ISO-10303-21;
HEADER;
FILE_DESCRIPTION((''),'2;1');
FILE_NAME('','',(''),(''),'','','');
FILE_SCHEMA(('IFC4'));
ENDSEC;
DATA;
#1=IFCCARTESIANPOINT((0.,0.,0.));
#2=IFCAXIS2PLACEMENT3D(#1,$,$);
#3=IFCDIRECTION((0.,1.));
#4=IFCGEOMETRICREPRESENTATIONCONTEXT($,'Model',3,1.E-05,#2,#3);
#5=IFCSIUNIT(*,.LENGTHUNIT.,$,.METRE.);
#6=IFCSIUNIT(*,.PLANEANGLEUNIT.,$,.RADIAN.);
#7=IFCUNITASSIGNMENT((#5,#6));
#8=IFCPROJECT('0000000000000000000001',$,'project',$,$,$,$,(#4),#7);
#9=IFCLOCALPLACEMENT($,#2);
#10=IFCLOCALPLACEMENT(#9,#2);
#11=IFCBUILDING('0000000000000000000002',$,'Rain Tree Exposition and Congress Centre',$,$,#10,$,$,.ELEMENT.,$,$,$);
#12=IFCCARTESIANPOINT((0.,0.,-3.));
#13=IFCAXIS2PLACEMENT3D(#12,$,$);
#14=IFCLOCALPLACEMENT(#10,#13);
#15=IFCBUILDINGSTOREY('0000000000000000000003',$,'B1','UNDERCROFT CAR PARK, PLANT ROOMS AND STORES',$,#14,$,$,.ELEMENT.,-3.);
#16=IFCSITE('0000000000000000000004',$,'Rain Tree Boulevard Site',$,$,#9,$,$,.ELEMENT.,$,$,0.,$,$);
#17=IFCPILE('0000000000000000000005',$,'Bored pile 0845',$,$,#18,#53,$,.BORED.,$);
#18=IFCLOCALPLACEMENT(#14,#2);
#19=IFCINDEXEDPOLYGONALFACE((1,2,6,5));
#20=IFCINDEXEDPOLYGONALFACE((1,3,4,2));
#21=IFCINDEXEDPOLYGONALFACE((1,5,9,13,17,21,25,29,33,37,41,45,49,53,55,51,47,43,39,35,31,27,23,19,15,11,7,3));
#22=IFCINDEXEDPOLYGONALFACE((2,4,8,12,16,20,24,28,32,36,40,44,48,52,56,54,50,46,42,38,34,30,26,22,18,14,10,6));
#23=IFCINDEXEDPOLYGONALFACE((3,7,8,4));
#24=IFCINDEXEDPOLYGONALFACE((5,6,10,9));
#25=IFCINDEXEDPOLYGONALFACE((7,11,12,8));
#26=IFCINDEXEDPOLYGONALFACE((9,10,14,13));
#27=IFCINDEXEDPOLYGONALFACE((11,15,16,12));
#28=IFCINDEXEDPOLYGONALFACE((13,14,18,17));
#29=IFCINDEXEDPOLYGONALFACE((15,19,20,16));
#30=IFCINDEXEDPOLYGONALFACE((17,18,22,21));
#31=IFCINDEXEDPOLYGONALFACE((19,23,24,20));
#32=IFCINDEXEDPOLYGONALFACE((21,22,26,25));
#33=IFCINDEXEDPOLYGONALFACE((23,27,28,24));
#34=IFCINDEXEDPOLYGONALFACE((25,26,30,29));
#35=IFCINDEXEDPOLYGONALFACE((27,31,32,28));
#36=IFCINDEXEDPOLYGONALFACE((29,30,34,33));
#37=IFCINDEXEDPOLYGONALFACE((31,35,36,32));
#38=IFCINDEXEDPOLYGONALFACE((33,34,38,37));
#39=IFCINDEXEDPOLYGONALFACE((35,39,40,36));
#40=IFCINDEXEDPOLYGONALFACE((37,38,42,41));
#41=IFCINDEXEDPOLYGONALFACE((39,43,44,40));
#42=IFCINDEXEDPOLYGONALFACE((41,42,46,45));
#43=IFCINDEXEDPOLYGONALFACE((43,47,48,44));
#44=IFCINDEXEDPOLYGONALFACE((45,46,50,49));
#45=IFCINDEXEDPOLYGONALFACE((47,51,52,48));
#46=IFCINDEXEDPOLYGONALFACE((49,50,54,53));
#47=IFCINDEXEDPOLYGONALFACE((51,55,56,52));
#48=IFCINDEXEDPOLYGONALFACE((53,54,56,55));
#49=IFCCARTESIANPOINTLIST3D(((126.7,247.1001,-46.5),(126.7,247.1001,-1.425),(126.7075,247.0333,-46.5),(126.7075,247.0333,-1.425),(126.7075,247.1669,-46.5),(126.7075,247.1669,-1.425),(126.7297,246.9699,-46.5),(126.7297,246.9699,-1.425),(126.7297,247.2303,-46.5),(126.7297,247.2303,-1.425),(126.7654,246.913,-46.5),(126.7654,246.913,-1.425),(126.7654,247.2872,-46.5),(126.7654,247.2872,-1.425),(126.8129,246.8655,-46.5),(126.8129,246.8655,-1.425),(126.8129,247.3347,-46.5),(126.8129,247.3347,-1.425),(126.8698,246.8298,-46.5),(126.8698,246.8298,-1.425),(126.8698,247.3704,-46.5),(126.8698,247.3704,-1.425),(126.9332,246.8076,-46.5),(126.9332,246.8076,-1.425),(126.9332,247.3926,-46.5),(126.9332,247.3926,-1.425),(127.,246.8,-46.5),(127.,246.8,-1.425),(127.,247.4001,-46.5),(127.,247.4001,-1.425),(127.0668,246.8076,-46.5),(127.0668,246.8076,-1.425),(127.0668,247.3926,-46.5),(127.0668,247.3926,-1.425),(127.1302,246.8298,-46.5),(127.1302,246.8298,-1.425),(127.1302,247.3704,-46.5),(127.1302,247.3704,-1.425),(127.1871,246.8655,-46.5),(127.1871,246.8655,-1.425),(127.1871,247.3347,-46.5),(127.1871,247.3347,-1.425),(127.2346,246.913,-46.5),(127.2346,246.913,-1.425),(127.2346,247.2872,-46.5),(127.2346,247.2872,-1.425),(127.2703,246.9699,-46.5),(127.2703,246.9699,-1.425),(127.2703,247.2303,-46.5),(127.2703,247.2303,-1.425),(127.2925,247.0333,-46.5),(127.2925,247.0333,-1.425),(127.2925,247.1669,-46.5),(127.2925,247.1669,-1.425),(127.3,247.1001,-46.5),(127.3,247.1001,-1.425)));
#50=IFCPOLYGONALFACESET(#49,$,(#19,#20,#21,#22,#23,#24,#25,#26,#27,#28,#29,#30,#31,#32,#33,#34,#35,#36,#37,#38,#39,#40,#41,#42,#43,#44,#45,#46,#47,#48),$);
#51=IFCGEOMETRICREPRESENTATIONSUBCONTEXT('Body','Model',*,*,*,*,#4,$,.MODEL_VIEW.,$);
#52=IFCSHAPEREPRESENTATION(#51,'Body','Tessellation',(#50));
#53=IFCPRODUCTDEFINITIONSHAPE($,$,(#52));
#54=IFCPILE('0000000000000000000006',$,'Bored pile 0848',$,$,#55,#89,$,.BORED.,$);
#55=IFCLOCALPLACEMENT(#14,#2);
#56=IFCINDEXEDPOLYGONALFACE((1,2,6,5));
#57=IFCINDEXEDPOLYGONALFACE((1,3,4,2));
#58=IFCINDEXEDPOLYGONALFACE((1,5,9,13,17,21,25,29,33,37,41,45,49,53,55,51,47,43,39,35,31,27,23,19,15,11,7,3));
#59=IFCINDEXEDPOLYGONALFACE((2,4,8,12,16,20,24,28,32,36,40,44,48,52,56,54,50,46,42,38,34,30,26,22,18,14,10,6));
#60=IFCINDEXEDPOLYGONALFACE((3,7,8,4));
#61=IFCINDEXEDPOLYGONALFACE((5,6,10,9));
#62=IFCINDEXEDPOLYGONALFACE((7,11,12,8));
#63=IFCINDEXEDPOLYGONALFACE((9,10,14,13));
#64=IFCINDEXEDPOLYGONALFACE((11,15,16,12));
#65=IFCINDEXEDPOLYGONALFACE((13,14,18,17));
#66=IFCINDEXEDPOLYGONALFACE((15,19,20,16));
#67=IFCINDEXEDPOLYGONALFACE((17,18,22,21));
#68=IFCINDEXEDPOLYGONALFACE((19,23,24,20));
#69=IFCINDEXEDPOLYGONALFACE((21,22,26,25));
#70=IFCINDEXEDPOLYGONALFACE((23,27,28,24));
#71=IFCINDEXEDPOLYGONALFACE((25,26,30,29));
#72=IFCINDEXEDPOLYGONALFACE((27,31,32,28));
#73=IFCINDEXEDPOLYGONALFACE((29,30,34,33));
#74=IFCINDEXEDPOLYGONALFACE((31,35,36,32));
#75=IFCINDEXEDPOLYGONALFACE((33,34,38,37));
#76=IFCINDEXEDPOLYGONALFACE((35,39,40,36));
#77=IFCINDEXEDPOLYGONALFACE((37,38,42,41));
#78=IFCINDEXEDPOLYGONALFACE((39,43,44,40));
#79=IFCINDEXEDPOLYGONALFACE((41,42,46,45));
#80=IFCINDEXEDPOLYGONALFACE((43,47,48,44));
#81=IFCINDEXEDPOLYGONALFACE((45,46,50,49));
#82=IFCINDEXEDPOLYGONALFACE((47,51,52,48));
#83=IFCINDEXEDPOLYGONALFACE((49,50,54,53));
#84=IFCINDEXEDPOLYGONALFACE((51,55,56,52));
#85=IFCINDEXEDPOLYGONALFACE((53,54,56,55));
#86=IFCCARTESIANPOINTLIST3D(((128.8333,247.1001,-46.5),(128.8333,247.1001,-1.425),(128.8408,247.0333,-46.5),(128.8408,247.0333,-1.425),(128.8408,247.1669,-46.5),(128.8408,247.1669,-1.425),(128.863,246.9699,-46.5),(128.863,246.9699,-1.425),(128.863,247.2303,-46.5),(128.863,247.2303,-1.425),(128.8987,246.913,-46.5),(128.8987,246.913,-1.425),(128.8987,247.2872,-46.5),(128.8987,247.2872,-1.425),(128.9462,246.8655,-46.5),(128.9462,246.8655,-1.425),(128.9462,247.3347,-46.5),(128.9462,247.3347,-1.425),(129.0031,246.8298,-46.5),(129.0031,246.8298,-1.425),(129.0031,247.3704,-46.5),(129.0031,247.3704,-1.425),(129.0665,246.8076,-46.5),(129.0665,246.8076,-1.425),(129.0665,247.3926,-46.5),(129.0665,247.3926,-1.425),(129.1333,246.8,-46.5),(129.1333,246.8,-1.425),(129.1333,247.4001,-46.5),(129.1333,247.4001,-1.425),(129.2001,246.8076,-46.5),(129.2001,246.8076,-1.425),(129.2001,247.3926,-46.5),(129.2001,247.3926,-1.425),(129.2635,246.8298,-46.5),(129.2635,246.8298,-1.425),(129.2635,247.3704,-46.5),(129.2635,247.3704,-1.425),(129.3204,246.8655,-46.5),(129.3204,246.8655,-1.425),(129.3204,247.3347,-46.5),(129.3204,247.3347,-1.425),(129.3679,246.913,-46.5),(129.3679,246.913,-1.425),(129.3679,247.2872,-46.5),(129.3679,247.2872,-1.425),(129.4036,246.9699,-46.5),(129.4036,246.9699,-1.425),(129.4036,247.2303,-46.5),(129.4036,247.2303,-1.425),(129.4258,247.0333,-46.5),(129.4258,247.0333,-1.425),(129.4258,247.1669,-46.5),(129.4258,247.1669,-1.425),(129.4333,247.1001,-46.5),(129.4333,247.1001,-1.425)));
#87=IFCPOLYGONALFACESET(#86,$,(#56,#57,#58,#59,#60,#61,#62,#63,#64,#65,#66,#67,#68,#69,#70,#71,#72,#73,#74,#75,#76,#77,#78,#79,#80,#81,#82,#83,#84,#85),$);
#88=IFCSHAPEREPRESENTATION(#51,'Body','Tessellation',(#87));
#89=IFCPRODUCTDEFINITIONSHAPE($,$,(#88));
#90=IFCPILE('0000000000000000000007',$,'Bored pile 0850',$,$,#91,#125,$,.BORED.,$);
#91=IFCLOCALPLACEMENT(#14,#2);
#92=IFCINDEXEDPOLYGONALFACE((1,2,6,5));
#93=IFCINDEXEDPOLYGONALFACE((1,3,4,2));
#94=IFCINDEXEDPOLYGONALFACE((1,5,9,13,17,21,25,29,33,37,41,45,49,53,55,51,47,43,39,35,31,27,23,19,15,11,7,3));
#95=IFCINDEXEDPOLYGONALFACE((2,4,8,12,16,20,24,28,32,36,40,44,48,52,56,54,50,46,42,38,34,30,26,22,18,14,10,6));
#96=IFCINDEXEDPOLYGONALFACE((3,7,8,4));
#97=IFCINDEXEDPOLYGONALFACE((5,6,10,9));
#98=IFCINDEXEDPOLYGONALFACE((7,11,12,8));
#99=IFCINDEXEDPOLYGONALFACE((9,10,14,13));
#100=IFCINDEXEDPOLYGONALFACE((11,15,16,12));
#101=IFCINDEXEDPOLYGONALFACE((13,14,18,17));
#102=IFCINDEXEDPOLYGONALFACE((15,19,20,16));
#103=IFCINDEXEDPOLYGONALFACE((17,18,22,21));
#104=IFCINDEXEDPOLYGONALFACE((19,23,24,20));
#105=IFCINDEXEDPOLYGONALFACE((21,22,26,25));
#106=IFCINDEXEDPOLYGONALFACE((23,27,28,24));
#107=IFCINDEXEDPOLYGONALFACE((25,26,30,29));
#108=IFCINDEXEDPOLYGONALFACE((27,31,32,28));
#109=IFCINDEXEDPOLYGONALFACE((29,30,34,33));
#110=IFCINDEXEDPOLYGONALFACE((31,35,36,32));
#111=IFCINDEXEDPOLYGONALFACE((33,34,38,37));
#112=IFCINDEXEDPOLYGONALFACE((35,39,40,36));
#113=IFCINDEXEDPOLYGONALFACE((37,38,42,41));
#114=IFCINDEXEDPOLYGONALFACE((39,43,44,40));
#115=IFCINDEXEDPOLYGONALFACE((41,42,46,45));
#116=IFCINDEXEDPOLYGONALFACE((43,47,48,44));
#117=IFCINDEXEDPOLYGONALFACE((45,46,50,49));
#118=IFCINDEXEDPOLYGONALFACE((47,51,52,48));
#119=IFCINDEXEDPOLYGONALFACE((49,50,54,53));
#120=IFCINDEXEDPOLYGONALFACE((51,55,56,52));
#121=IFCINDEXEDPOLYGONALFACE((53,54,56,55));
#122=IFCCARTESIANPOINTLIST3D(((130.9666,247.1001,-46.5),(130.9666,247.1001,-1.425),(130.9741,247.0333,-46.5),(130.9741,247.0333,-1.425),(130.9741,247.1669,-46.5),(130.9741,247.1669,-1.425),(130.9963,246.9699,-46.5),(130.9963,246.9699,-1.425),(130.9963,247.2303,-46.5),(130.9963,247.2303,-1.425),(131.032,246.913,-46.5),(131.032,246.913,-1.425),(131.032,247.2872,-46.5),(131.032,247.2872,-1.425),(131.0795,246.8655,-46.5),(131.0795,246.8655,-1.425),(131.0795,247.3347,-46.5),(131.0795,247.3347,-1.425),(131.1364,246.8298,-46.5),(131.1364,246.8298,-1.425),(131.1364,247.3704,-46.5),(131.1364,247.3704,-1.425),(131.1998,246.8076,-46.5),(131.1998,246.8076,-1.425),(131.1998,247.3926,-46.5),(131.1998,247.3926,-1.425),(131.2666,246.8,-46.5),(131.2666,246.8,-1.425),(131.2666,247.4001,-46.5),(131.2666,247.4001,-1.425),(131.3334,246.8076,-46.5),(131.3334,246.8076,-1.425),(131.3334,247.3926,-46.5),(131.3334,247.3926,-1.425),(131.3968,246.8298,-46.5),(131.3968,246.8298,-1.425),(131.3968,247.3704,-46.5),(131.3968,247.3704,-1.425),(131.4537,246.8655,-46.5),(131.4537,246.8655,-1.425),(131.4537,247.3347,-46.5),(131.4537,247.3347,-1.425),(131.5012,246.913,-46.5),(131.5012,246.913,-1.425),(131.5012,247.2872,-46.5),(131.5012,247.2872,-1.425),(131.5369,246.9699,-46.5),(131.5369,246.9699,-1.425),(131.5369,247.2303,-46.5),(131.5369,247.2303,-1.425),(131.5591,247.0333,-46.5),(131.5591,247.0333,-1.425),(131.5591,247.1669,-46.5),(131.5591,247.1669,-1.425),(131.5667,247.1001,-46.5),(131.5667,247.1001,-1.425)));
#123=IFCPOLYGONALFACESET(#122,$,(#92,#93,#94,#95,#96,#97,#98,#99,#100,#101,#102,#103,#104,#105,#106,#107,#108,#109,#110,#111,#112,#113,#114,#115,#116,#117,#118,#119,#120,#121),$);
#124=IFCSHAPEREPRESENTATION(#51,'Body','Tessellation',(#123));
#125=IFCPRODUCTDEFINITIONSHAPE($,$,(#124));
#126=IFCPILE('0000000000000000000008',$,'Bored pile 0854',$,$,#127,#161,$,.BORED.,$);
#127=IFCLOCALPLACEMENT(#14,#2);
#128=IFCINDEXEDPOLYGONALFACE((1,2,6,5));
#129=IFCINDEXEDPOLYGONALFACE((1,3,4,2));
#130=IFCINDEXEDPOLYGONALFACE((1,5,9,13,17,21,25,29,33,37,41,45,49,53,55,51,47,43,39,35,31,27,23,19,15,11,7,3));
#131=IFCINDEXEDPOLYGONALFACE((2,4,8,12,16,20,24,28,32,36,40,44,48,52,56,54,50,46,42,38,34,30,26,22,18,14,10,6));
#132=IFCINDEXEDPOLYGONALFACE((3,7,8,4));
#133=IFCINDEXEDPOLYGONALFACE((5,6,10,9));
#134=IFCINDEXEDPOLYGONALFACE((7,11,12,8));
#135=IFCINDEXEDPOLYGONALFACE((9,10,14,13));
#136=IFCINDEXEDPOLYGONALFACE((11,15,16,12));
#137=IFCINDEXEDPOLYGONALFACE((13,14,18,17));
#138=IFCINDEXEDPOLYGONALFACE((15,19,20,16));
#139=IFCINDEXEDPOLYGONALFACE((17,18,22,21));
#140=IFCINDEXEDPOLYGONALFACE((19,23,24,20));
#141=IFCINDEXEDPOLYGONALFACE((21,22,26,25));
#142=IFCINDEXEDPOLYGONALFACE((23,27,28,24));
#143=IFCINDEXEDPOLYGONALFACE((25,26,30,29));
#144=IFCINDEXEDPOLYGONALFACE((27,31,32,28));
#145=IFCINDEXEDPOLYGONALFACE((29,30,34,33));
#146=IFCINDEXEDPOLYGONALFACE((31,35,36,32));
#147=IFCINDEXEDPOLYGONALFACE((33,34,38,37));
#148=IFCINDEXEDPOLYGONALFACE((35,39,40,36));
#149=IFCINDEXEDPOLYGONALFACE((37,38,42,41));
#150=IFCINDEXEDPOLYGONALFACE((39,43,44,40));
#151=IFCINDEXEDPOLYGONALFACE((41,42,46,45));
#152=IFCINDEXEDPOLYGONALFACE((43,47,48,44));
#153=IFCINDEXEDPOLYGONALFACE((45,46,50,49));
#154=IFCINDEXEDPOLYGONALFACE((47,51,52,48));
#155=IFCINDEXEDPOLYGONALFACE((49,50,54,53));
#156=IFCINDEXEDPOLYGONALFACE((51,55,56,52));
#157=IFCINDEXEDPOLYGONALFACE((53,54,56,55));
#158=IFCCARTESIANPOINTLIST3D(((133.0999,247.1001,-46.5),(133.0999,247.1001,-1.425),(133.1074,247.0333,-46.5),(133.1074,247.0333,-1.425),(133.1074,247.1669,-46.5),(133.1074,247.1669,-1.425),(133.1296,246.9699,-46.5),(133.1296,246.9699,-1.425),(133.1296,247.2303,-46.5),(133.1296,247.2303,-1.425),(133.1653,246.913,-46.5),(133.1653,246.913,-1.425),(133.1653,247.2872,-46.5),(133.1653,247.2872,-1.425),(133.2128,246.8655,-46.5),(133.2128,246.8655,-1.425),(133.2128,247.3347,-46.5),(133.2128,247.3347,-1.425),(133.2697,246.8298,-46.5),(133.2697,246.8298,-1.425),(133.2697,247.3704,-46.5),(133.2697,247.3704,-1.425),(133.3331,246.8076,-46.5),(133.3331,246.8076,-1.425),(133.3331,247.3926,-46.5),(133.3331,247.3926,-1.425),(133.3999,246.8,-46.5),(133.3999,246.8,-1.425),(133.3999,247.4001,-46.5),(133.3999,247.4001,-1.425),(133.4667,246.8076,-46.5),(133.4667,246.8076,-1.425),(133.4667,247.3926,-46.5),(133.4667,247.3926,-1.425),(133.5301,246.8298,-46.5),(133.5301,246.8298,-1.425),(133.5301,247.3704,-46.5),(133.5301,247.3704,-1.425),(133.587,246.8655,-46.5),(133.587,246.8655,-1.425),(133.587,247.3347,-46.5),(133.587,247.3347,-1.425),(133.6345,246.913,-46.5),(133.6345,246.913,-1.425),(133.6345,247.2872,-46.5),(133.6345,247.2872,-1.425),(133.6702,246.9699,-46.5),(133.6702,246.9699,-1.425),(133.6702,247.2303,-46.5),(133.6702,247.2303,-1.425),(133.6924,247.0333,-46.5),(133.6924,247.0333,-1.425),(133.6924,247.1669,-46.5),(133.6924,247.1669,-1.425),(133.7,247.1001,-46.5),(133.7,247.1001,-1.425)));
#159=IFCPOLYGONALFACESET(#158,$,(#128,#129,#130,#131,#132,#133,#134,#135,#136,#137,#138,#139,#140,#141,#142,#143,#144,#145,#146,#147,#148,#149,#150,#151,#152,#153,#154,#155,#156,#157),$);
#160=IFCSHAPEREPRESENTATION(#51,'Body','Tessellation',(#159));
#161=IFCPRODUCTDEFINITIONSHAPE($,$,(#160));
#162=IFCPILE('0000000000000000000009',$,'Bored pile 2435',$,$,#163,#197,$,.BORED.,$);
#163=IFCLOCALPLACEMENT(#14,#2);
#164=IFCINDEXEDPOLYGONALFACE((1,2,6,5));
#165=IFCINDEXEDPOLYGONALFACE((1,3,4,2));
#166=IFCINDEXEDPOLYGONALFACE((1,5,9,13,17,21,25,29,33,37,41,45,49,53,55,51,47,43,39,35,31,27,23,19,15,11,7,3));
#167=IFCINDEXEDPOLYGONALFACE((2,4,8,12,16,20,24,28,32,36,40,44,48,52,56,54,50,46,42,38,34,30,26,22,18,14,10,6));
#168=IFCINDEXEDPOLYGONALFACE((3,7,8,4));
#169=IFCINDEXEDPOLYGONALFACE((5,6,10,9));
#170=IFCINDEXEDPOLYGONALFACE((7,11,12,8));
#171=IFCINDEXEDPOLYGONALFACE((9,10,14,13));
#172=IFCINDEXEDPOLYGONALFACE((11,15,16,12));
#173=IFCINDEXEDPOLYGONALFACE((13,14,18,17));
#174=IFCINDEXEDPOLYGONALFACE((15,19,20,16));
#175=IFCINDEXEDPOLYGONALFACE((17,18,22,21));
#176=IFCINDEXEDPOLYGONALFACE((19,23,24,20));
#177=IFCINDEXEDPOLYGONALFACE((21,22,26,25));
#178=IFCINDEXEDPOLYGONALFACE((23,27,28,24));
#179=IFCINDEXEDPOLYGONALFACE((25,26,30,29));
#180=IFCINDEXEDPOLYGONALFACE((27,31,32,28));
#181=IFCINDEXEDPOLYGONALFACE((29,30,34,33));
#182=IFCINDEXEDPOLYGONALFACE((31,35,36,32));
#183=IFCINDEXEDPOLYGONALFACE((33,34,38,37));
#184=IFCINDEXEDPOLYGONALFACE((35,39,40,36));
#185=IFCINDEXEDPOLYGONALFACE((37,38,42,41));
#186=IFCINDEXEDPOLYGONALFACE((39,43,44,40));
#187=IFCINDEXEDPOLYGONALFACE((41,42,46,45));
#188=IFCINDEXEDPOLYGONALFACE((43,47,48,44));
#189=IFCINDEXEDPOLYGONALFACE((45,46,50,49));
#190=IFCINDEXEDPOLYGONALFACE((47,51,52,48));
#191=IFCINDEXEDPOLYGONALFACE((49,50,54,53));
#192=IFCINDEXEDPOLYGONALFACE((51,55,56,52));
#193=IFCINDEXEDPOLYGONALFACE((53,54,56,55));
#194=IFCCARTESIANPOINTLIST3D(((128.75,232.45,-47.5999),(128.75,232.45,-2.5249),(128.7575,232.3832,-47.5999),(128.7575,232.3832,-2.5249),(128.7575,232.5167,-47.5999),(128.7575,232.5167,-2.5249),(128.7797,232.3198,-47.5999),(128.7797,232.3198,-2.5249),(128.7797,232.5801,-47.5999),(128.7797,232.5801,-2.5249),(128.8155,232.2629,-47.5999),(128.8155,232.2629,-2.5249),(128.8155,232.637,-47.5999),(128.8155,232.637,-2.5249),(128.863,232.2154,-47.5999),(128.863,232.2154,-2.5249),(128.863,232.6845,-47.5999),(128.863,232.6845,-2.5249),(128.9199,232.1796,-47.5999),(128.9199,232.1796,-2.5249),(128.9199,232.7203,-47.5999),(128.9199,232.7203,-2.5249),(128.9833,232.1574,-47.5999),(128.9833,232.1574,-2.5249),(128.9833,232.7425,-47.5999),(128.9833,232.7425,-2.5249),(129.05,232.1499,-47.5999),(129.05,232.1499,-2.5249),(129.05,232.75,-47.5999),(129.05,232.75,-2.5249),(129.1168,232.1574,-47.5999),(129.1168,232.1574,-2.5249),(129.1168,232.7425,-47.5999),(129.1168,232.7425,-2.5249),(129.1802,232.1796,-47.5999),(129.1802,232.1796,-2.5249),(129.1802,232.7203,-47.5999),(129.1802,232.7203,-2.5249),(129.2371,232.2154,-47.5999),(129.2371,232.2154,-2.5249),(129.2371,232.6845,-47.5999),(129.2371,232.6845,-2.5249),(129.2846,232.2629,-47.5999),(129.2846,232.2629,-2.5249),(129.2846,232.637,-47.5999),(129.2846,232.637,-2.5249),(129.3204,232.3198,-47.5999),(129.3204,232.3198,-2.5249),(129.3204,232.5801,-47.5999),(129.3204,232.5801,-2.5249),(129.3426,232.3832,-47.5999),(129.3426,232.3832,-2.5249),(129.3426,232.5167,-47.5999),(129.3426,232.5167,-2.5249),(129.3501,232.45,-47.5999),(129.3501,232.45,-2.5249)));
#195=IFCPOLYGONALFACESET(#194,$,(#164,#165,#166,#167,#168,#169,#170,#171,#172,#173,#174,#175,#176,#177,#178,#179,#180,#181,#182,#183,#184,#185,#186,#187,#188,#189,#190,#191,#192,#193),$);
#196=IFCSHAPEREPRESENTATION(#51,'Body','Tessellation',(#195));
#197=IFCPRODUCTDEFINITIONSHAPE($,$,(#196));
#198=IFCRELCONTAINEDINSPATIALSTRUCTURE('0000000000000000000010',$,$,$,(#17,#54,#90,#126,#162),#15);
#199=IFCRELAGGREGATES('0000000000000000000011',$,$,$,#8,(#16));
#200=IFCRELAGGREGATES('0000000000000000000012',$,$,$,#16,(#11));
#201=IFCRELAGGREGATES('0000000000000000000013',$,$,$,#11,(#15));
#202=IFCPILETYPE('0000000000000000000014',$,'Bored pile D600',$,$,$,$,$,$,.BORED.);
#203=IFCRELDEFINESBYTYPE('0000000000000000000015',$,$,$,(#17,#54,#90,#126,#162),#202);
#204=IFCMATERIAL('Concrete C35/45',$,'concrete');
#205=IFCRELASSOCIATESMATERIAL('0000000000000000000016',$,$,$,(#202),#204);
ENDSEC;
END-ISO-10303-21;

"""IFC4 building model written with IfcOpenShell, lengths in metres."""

from ifc_helpers import new_model, si_unit, direction, frame, origin, origin_2d, place, context, subcontext, project, spatial, circle, extrude, material, material_profile, profile_set, type_object, element, save


model = new_model("IFC4")

# Units and contexts
model_context = context("Model", 3, precision=1e-05, world=origin(), true_north=direction((0.0, 1.0)))
body_context = subcontext(model_context, "Body", "Model", "MODEL_VIEW")
ifc_project = project(units=[si_unit("LENGTHUNIT", "METRE"), si_unit("PLANEANGLEUNIT", "RADIAN")], contexts=[model_context])

# Site, building, storey
site_placement = place(None, origin())
site = spatial("IfcSite", under=ifc_project, at=site_placement, Name="Rain Tree Boulevard Site", CompositionType="ELEMENT", RefElevation=0.0)
building_placement = place(site_placement, origin())
building = spatial("IfcBuilding", under=site, at=building_placement, Name="Rain Tree Exposition and Congress Centre", CompositionType="ELEMENT")
storey_placement = place(building_placement, frame((0.0, 0.0, -3.0)))
storey = spatial("IfcBuildingStorey", under=building, at=storey_placement, Name="B1", Description="UNDERCROFT CAR PARK, PLANT ROOMS AND STORES", CompositionType="ELEMENT", Elevation=-3.0)

# Piles
ifc_material_1 = material(Name="Concrete C35/45", Category="concrete")
ifc_material_profile_1 = material_profile(ifc_material_1, circle(Radius=0.3, at=origin_2d()), Name="D600")
ifc_profile_set_1 = profile_set([ifc_material_profile_1], Name="Concrete C35/45")
pile_type_1 = type_object("IfcPileType", Name="Bored pile D600", PredefinedType="BORED", material=ifc_profile_set_1)
for number, where, z_axis, x_axis, name in (
    (1, (127.0, 247.1001, -1.425), (0.0, 0.0, -1.0), (1.0, 0.0, 0.0), "Bored pile 0845"),
    (2, (129.1333, 247.1001, -1.425), (0.0, 0.0, -1.0), (1.0, 0.0, 0.0), "Bored pile 0848"),
    (3, (131.2666, 247.1001, -1.425), (0.0, 0.0, -1.0), (1.0, 0.0, 0.0), "Bored pile 0850"),
    (4, (133.3999, 247.1001, -1.425), (0.0, 0.0, -1.0), (1.0, 0.0, 0.0), "Bored pile 0854"),
    (5, (129.05, 232.45, -2.5249), (0.0, 0.0, -1.0), (1.0, 0.0, 0.0), "Bored pile 2435"),
):
    element("IfcPile", number, at=place(storey_placement, frame(where, z_axis=z_axis, x_axis=x_axis)), inside=storey, type_object=pile_type_1, Name=name, PredefinedType="BORED", context=body_context, shape_type="SweptSolid", body=[
        extrude(circle(Radius=0.3, at=origin_2d()), origin(), (0.0, 0.0, 1.0), 45.075),
    ])

save(model, "model.ifc")
